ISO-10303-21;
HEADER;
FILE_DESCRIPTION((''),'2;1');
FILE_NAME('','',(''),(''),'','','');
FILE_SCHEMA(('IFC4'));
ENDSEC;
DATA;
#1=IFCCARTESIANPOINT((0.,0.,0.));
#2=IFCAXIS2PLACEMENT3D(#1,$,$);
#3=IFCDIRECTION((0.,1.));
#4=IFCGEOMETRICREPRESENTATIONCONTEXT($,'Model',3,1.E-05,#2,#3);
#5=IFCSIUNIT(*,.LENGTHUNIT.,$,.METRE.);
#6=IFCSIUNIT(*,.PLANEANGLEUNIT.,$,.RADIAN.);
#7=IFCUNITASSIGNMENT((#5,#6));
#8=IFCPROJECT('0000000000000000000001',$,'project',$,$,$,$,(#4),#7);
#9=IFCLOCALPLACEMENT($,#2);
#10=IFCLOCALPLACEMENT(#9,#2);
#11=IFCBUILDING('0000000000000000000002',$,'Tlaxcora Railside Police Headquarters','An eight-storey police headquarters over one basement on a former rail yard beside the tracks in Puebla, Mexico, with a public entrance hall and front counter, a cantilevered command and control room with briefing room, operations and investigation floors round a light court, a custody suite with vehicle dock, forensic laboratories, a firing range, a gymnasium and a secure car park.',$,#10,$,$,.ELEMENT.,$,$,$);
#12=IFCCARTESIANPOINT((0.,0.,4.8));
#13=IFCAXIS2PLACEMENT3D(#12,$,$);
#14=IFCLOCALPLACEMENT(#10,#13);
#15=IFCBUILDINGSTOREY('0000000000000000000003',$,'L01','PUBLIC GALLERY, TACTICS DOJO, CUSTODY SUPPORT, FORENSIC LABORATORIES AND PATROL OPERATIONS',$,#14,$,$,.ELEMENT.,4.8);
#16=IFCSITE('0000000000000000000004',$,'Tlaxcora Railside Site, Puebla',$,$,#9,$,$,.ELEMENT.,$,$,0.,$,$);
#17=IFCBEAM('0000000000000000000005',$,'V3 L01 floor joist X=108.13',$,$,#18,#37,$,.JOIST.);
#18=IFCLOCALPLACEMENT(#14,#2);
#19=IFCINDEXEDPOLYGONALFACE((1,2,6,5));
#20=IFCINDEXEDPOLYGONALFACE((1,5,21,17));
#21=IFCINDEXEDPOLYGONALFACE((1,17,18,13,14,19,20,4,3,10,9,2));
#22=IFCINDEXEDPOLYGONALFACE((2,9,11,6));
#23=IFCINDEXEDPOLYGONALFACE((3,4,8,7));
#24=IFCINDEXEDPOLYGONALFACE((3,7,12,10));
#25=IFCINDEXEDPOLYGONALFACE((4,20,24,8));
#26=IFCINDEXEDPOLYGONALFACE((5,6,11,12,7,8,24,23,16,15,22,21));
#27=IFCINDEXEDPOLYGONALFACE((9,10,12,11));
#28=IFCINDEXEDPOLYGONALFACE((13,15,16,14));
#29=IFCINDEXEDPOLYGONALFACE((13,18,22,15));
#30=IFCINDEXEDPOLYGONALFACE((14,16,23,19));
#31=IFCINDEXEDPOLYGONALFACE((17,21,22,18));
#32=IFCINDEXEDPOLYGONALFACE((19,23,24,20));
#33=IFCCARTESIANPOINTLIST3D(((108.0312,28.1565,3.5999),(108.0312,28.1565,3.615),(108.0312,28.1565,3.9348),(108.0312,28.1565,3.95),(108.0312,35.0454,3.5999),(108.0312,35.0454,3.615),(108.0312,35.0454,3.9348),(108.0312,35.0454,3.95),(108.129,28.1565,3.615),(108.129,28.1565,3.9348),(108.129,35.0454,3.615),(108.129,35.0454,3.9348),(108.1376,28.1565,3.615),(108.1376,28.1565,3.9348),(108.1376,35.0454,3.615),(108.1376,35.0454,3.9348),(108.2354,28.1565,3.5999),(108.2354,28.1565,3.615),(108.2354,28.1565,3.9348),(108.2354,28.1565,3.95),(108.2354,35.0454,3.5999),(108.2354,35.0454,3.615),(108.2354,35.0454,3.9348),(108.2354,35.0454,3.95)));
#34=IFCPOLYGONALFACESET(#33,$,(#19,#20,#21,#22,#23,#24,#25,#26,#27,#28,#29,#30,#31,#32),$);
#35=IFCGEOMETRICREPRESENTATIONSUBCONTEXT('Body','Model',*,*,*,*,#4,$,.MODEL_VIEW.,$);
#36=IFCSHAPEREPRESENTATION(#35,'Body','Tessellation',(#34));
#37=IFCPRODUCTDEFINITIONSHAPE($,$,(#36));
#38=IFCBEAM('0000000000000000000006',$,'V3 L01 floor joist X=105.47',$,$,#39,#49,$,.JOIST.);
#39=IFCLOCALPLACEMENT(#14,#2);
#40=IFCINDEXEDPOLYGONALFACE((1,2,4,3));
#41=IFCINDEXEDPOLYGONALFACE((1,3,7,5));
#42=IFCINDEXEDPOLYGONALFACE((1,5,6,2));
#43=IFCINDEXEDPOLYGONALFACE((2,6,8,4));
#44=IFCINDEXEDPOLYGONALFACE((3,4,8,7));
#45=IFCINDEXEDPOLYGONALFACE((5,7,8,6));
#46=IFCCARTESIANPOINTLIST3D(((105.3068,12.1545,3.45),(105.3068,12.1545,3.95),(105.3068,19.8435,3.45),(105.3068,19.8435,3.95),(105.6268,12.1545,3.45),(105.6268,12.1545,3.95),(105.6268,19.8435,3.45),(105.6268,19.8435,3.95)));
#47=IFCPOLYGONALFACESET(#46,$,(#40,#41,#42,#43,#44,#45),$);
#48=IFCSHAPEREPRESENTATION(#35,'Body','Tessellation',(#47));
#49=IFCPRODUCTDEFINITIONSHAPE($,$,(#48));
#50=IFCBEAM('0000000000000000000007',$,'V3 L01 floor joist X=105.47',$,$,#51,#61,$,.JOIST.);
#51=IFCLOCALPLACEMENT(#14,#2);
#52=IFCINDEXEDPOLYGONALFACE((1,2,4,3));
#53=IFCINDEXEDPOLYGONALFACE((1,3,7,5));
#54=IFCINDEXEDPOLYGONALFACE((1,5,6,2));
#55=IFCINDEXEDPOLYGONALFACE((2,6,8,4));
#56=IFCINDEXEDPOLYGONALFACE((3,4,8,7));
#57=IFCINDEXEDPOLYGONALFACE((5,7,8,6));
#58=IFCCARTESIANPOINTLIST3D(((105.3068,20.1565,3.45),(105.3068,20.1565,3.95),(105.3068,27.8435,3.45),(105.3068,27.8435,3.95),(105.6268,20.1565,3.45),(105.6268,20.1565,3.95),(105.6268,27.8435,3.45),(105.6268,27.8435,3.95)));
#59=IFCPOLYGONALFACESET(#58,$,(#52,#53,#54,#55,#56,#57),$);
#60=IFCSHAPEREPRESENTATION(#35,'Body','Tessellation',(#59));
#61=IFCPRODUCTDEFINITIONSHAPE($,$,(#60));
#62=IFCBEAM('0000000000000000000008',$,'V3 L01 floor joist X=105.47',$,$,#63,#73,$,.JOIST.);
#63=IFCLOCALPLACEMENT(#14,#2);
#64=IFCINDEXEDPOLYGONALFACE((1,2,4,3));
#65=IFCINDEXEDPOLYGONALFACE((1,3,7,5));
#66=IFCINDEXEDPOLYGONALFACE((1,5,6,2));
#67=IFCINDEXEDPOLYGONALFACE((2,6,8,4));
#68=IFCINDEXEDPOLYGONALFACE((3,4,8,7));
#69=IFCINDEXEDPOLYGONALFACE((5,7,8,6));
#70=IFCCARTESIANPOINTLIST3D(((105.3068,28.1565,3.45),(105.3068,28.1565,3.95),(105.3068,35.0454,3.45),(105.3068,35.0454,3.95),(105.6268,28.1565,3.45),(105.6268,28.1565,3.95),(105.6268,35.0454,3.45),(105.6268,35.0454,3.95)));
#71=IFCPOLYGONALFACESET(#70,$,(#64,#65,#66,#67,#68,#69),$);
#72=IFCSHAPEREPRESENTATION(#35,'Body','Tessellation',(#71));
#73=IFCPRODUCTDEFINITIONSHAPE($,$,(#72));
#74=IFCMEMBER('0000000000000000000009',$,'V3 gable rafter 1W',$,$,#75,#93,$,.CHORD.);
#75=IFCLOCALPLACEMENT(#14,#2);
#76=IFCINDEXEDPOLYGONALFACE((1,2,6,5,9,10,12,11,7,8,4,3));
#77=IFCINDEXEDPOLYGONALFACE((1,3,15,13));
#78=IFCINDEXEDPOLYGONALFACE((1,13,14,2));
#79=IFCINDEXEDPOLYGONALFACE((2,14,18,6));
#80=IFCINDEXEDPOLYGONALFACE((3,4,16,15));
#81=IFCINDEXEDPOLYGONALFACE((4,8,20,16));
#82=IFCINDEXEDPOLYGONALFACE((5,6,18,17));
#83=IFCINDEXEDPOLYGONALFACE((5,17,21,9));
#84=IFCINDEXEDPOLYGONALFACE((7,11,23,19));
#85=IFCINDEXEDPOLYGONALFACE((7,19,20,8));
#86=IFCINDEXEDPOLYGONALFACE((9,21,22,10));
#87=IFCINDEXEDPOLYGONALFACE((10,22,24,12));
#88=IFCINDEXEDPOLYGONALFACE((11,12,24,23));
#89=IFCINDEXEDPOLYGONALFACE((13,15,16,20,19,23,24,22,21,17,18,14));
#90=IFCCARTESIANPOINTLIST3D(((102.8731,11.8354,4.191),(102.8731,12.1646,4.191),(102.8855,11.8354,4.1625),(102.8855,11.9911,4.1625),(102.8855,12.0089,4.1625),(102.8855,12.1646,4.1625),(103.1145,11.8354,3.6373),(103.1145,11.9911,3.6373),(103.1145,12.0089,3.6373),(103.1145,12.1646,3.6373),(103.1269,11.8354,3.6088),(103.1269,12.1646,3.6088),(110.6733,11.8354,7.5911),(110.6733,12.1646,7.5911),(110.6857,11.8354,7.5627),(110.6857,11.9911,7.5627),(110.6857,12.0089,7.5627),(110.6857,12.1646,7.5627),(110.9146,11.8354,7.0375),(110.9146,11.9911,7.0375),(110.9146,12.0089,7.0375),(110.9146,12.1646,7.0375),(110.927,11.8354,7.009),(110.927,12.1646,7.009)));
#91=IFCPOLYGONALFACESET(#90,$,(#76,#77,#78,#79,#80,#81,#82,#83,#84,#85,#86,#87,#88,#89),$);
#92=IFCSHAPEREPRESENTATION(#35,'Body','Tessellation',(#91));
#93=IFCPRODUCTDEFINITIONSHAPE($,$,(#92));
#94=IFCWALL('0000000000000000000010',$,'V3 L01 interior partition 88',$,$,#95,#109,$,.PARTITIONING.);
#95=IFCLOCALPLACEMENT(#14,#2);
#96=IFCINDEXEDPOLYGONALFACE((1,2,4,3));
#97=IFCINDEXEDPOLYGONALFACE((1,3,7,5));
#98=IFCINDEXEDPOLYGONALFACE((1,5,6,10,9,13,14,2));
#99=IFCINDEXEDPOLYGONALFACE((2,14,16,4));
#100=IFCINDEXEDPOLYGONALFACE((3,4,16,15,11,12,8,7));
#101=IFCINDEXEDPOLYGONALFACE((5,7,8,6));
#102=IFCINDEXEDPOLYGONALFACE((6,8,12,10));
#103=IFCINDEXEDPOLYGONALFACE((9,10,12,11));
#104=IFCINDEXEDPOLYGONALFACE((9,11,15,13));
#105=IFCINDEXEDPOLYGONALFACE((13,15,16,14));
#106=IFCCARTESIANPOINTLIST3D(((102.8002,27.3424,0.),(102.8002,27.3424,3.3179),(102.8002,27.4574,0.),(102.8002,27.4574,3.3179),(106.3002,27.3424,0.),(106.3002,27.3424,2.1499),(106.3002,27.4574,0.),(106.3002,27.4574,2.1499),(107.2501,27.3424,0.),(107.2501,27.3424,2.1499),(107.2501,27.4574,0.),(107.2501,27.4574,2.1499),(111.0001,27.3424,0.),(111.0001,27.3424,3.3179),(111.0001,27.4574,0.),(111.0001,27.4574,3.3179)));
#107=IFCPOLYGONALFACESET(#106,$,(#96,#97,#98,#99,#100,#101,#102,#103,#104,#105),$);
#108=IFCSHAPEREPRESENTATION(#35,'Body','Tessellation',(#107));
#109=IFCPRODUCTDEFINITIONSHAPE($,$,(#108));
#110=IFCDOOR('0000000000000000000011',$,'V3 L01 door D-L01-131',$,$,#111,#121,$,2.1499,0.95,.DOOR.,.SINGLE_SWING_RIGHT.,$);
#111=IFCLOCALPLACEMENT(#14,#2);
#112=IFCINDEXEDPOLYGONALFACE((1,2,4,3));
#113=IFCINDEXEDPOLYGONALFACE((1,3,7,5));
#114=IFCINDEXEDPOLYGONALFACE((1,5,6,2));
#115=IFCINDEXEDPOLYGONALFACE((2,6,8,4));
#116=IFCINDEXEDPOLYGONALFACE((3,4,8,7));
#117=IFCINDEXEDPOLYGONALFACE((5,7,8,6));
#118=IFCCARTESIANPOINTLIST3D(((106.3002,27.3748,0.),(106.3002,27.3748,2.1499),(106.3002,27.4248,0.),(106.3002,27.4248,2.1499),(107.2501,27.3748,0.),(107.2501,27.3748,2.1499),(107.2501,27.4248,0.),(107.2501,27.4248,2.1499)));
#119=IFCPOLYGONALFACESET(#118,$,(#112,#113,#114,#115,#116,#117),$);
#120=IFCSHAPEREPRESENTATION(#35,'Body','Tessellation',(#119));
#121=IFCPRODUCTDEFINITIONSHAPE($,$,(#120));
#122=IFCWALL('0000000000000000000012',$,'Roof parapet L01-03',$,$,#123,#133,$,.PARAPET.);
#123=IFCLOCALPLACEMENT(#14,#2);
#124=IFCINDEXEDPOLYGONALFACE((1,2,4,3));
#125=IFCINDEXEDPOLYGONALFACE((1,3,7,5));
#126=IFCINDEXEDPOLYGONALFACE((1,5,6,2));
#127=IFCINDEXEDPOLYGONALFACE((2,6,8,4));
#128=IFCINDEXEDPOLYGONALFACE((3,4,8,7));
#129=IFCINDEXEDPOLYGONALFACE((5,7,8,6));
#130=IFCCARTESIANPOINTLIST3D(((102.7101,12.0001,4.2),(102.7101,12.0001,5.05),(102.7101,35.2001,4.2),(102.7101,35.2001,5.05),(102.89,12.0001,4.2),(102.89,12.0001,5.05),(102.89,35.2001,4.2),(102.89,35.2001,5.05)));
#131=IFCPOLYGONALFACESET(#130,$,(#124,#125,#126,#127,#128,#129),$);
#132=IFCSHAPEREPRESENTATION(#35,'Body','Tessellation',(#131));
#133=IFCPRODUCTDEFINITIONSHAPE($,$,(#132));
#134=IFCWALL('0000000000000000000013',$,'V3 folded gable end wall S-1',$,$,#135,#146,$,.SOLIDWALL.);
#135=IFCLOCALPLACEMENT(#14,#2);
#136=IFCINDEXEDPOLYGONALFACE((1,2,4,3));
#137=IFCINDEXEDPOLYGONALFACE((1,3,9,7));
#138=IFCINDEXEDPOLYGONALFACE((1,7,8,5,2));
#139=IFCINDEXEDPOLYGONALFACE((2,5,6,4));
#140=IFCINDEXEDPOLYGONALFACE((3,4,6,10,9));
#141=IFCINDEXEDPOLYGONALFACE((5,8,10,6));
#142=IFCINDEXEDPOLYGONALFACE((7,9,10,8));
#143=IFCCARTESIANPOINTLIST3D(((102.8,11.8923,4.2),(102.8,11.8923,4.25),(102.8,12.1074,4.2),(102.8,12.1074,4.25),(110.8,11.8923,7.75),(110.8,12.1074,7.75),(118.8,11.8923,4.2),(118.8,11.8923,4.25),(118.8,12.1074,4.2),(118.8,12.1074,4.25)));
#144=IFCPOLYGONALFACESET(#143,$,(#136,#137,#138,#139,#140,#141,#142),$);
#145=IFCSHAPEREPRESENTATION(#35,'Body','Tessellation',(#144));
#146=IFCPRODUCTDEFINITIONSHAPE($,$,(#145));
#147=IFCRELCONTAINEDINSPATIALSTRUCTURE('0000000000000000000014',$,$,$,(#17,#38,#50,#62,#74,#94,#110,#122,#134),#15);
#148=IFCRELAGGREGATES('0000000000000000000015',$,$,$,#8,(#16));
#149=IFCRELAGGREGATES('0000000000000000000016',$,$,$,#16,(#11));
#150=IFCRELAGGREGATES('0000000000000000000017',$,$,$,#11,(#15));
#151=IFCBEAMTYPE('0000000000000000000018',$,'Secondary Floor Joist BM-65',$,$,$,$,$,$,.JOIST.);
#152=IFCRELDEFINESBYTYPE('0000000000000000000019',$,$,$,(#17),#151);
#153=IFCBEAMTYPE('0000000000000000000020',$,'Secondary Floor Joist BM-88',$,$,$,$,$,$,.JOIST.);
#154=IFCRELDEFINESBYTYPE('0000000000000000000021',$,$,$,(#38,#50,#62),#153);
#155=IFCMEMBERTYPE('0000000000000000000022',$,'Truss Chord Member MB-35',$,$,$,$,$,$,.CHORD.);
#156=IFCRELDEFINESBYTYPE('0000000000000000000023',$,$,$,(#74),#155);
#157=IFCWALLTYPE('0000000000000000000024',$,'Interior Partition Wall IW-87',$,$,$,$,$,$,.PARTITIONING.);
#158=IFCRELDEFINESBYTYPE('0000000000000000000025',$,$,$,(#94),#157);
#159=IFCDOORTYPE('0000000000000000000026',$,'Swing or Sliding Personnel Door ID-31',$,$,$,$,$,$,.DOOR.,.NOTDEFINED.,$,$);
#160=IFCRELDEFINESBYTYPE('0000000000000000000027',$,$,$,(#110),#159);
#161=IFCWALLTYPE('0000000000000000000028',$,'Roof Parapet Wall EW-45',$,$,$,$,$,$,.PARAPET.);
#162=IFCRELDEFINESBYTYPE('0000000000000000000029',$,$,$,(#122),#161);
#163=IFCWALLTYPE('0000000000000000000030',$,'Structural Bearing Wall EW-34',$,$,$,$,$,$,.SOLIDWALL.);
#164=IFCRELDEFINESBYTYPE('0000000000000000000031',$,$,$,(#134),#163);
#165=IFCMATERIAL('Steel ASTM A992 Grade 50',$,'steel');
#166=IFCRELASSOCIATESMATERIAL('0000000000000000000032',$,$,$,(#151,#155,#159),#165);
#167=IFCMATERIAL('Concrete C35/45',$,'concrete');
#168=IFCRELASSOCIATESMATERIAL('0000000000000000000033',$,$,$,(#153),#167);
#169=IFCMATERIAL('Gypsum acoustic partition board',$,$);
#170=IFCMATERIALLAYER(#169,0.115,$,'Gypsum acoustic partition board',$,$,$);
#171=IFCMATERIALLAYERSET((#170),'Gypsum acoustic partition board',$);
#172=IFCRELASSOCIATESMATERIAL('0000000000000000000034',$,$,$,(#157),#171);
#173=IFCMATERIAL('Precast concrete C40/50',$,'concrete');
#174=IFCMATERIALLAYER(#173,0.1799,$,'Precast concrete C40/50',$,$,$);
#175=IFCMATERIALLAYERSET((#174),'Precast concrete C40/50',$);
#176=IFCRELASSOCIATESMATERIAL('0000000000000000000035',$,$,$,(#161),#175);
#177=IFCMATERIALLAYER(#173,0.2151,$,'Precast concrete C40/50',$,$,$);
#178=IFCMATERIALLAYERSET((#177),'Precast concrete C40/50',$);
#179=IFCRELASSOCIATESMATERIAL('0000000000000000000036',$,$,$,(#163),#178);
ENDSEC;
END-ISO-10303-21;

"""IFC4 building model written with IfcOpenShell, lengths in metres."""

from ifc_helpers import new_model, si_unit, direction, frame, frame_2d, origin, origin_2d, place, context, subcontext, project, spatial, polyline, rectangle, i_section, outline, extrude, material, layer, layer_set, material_profile, profile_set, type_object, element, fill, save


model = new_model("IFC4")

# Units and contexts
model_context = context("Model", 3, precision=1e-05, world=origin(), true_north=direction((0.0, 1.0)))
body_context = subcontext(model_context, "Body", "Model", "MODEL_VIEW")
ifc_project = project(units=[si_unit("LENGTHUNIT", "METRE"), si_unit("PLANEANGLEUNIT", "RADIAN")], contexts=[model_context])

# Site, building, storey
site_placement = place(None, origin())
site = spatial("IfcSite", under=ifc_project, at=site_placement, Name="Tlaxcora Railside Site, Puebla", CompositionType="ELEMENT", RefElevation=0.0)
building_placement = place(site_placement, origin())
building = spatial("IfcBuilding", under=site, at=building_placement, Name="Tlaxcora Railside Police Headquarters", Description="An eight-storey police headquarters over one basement on a former rail yard beside the tracks in Puebla, Mexico, with a public entrance hall and front counter, a cantilevered command and control room with briefing room, operations and investigation floors round a light court, a custody suite with vehicle dock, forensic laboratories, a firing range, a gymnasium and a secure car park.", CompositionType="ELEMENT")
storey_placement = place(building_placement, frame((0.0, 0.0, 4.8)))
storey = spatial("IfcBuildingStorey", under=building, at=storey_placement, Name="L01", Description="PUBLIC GALLERY, TACTICS DOJO, CUSTODY SUPPORT, FORENSIC LABORATORIES AND PATROL OPERATIONS", CompositionType="ELEMENT", Elevation=4.8)

# Beams
ifc_material_1 = material(Name="Steel ASTM A992 Grade 50", Category="steel")
ifc_material_profile_1 = material_profile(ifc_material_1, i_section(OverallWidth=0.2041, OverallDepth=0.3501, WebThickness=0.0085, FlangeThickness=0.0151, at=origin_2d()), Name="W14X48")
ifc_profile_set_1 = profile_set([ifc_material_profile_1], Name="Steel ASTM A992 Grade 50")
beam_type_1 = type_object("IfcBeamType", Name="Secondary Floor Joist BM-65", PredefinedType="JOIST", material=ifc_profile_set_1)
beam_1_placement = place(storey_placement, frame((108.1333, 28.1565, 3.7749), z_axis=(0.0, 1.0, 0.0), x_axis=(-1.0, 0.0, 0.0)))
element("IfcBeam", 1, at=beam_1_placement, inside=storey, type_object=beam_type_1, Name="V3 L01 floor joist X=108.13", PredefinedType="JOIST", context=body_context, shape_type="SweptSolid", body=[
    extrude(i_section(OverallWidth=0.2041, OverallDepth=0.3501, WebThickness=0.0085, FlangeThickness=0.0151, at=origin_2d()), origin(), (0.0, 0.0, 1.0), 6.8889),
])
ifc_material_2 = material(Name="Concrete C35/45", Category="concrete")
ifc_material_profile_2 = material_profile(ifc_material_2, rectangle(XDim=0.3201, YDim=0.5, at=origin_2d()), Name="RC320X500")
ifc_profile_set_2 = profile_set([ifc_material_profile_2], Name="Concrete C35/45")
beam_type_2 = type_object("IfcBeamType", Name="Secondary Floor Joist BM-88", PredefinedType="JOIST", material=ifc_profile_set_2)
beam_2_placement = place(storey_placement, frame((105.4668, 12.1545, 3.7), z_axis=(0.0, 1.0, 0.0), x_axis=(-1.0, 0.0, 0.0)))
element("IfcBeam", 2, at=beam_2_placement, inside=storey, type_object=beam_type_2, Name="V3 L01 floor joist X=105.47", PredefinedType="JOIST", context=body_context, shape_type="SweptSolid", body=[
    extrude(rectangle(XDim=0.3201, YDim=0.5, at=origin_2d()), origin(), (0.0, 0.0, 1.0), 7.689),
])
beam_3_placement = place(storey_placement, frame((105.4668, 20.1565, 3.7), z_axis=(0.0, 1.0, 0.0), x_axis=(-1.0, 0.0, 0.0)))
element("IfcBeam", 3, at=beam_3_placement, inside=storey, type_object=beam_type_2, Name="V3 L01 floor joist X=105.47", PredefinedType="JOIST", context=body_context, shape_type="SweptSolid", body=[
    extrude(rectangle(XDim=0.3201, YDim=0.5, at=origin_2d()), origin(), (0.0, 0.0, 1.0), 7.687),
])
beam_4_placement = place(storey_placement, frame((105.4668, 28.1565, 3.7), z_axis=(0.0, 1.0, 0.0), x_axis=(-1.0, 0.0, 0.0)))
element("IfcBeam", 4, at=beam_4_placement, inside=storey, type_object=beam_type_2, Name="V3 L01 floor joist X=105.47", PredefinedType="JOIST", context=body_context, shape_type="SweptSolid", body=[
    extrude(rectangle(XDim=0.3201, YDim=0.5, at=origin_2d()), origin(), (0.0, 0.0, 1.0), 6.8889),
])

# Member
ifc_material_profile_3 = material_profile(ifc_material_1, i_section(OverallWidth=0.3291, OverallDepth=0.635, WebThickness=0.0178, FlangeThickness=0.031, at=origin_2d()), Name="W24X162")
ifc_profile_set_3 = profile_set([ifc_material_profile_3], Name="Steel ASTM A992 Grade 50")
member_type = type_object("IfcMemberType", Name="Truss Chord Member MB-35", PredefinedType="CHORD", material=ifc_profile_set_3)
member_placement = place(storey_placement, frame((103.0, 12.0, 3.8999), z_axis=(0.916691, 0.0, 0.399598), x_axis=(0.0, 1.0, 0.0)))
element("IfcMember", 5, at=member_placement, inside=storey, type_object=member_type, Name="V3 gable rafter 1W", PredefinedType="CHORD", context=body_context, shape_type="SweptSolid", body=[
    extrude(i_section(OverallWidth=0.3291, OverallDepth=0.635, WebThickness=0.0178, FlangeThickness=0.031, at=origin_2d()), origin(), (0.0, 0.0, 1.0), 8.509),
])

# Wall, opening, door
ifc_material_3 = material(Name="Gypsum acoustic partition board")
ifc_layer_1 = layer(ifc_material_3, 0.115, Name="Gypsum acoustic partition board")
ifc_layer_set_1 = layer_set([ifc_layer_1], Name="Gypsum acoustic partition board")
wall_type_1 = type_object("IfcWallType", Name="Interior Partition Wall IW-87", PredefinedType="PARTITIONING", material=ifc_layer_set_1)
wall_1_placement = place(storey_placement, frame((102.8, 27.3999, 0.0), z_axis=(0.0, 0.0, 1.0), x_axis=(1.0, 0.0, 0.0)))
wall_1 = element("IfcWall", 6, at=wall_1_placement, inside=storey, type_object=wall_type_1, Name="V3 L01 interior partition 88", PredefinedType="PARTITIONING", context=body_context, shape_type="SweptSolid", body=[
    extrude(rectangle(XDim=8.2, YDim=0.115, at=frame_2d((4.1001, 0.0))), origin(), (0.0, 0.0, 1.0), 3.3179),
])
opening_1_placement = place(wall_1_placement, frame((3.5, 0.0, 0.0)))
opening_1 = element("IfcOpeningElement", 7, at=opening_1_placement, cuts=wall_1, PredefinedType="OPENING", context=body_context, shape_type="SweptSolid", body=[
    extrude(rectangle(XDim=0.95, YDim=2.1499, at=frame_2d((0.4751, 1.075))), frame((0.0, 0.0674, 0.0), z_axis=(0.0, -1.0, 0.0), x_axis=(1.0, 0.0, 0.0)), (0.0, 0.0, 1.0), 0.135),
])
door_type = type_object("IfcDoorType", Name="Swing or Sliding Personnel Door ID-31", OperationType="NOTDEFINED", PredefinedType="DOOR", material=ifc_material_1)
door_placement = place(opening_1_placement, origin())
door = element("IfcDoor", 8, at=door_placement, inside=storey, type_object=door_type, Name="V3 L01 door D-L01-131", OperationType="SINGLE_SWING_RIGHT", OverallHeight=2.1499, OverallWidth=0.95, PredefinedType="DOOR", context=body_context, shape_type="SweptSolid", body=[
    extrude(rectangle(XDim=0.95, YDim=2.1499, at=frame_2d((0.4751, 1.075))), frame((0.0, 0.0249, 0.0), z_axis=(0.0, -1.0, 0.0), x_axis=(1.0, 0.0, 0.0)), (0.0, 0.0, 1.0), 0.05),
])
fill(opening_1, door)

# Walls
ifc_material_4 = material(Name="Precast concrete C40/50", Category="concrete")
ifc_layer_2 = layer(ifc_material_4, 0.1799, Name="Precast concrete C40/50")
ifc_layer_set_2 = layer_set([ifc_layer_2], Name="Precast concrete C40/50")
wall_type_2 = type_object("IfcWallType", Name="Roof Parapet Wall EW-45", PredefinedType="PARAPET", material=ifc_layer_set_2)
wall_2_placement = place(storey_placement, frame((102.8, 12.0, 4.2), z_axis=(0.0, 0.0, 1.0), x_axis=(0.0, 1.0, 0.0)))
element("IfcWall", 9, at=wall_2_placement, inside=storey, type_object=wall_type_2, Name="Roof parapet L01-03", PredefinedType="PARAPET", context=body_context, shape_type="SweptSolid", body=[
    extrude(rectangle(XDim=23.2, YDim=0.1799, at=frame_2d((11.6001, 0.0))), origin(), (0.0, 0.0, 1.0), 0.8501),
])
ifc_layer_3 = layer(ifc_material_4, 0.2151, Name="Precast concrete C40/50")
ifc_layer_set_3 = layer_set([ifc_layer_3], Name="Precast concrete C40/50")
wall_type_3 = type_object("IfcWallType", Name="Structural Bearing Wall EW-34", PredefinedType="SOLIDWALL", material=ifc_layer_set_3)
wall_3_placement = place(storey_placement, frame((102.8, 12.0, 4.2), z_axis=(0.0, 0.0, 1.0), x_axis=(1.0, 0.0, 0.0)))
element("IfcWall", 10, at=wall_3_placement, inside=storey, type_object=wall_type_3, Name="V3 folded gable end wall S-1", PredefinedType="SOLIDWALL", context=body_context, shape_type="SweptSolid", body=[
    extrude(outline(polyline([(0.0, 0.0), (16.0, 0.0), (16.0, 0.05), (8.0, 3.55), (0.0, 0.05), (0.0, 0.0)])), frame((0.0, 0.1074, 0.0), z_axis=(0.0, -1.0, 0.0), x_axis=(1.0, 0.0, 0.0)), (0.0, 0.0, 1.0), 0.2151),
])

save(model, "model.ifc")
